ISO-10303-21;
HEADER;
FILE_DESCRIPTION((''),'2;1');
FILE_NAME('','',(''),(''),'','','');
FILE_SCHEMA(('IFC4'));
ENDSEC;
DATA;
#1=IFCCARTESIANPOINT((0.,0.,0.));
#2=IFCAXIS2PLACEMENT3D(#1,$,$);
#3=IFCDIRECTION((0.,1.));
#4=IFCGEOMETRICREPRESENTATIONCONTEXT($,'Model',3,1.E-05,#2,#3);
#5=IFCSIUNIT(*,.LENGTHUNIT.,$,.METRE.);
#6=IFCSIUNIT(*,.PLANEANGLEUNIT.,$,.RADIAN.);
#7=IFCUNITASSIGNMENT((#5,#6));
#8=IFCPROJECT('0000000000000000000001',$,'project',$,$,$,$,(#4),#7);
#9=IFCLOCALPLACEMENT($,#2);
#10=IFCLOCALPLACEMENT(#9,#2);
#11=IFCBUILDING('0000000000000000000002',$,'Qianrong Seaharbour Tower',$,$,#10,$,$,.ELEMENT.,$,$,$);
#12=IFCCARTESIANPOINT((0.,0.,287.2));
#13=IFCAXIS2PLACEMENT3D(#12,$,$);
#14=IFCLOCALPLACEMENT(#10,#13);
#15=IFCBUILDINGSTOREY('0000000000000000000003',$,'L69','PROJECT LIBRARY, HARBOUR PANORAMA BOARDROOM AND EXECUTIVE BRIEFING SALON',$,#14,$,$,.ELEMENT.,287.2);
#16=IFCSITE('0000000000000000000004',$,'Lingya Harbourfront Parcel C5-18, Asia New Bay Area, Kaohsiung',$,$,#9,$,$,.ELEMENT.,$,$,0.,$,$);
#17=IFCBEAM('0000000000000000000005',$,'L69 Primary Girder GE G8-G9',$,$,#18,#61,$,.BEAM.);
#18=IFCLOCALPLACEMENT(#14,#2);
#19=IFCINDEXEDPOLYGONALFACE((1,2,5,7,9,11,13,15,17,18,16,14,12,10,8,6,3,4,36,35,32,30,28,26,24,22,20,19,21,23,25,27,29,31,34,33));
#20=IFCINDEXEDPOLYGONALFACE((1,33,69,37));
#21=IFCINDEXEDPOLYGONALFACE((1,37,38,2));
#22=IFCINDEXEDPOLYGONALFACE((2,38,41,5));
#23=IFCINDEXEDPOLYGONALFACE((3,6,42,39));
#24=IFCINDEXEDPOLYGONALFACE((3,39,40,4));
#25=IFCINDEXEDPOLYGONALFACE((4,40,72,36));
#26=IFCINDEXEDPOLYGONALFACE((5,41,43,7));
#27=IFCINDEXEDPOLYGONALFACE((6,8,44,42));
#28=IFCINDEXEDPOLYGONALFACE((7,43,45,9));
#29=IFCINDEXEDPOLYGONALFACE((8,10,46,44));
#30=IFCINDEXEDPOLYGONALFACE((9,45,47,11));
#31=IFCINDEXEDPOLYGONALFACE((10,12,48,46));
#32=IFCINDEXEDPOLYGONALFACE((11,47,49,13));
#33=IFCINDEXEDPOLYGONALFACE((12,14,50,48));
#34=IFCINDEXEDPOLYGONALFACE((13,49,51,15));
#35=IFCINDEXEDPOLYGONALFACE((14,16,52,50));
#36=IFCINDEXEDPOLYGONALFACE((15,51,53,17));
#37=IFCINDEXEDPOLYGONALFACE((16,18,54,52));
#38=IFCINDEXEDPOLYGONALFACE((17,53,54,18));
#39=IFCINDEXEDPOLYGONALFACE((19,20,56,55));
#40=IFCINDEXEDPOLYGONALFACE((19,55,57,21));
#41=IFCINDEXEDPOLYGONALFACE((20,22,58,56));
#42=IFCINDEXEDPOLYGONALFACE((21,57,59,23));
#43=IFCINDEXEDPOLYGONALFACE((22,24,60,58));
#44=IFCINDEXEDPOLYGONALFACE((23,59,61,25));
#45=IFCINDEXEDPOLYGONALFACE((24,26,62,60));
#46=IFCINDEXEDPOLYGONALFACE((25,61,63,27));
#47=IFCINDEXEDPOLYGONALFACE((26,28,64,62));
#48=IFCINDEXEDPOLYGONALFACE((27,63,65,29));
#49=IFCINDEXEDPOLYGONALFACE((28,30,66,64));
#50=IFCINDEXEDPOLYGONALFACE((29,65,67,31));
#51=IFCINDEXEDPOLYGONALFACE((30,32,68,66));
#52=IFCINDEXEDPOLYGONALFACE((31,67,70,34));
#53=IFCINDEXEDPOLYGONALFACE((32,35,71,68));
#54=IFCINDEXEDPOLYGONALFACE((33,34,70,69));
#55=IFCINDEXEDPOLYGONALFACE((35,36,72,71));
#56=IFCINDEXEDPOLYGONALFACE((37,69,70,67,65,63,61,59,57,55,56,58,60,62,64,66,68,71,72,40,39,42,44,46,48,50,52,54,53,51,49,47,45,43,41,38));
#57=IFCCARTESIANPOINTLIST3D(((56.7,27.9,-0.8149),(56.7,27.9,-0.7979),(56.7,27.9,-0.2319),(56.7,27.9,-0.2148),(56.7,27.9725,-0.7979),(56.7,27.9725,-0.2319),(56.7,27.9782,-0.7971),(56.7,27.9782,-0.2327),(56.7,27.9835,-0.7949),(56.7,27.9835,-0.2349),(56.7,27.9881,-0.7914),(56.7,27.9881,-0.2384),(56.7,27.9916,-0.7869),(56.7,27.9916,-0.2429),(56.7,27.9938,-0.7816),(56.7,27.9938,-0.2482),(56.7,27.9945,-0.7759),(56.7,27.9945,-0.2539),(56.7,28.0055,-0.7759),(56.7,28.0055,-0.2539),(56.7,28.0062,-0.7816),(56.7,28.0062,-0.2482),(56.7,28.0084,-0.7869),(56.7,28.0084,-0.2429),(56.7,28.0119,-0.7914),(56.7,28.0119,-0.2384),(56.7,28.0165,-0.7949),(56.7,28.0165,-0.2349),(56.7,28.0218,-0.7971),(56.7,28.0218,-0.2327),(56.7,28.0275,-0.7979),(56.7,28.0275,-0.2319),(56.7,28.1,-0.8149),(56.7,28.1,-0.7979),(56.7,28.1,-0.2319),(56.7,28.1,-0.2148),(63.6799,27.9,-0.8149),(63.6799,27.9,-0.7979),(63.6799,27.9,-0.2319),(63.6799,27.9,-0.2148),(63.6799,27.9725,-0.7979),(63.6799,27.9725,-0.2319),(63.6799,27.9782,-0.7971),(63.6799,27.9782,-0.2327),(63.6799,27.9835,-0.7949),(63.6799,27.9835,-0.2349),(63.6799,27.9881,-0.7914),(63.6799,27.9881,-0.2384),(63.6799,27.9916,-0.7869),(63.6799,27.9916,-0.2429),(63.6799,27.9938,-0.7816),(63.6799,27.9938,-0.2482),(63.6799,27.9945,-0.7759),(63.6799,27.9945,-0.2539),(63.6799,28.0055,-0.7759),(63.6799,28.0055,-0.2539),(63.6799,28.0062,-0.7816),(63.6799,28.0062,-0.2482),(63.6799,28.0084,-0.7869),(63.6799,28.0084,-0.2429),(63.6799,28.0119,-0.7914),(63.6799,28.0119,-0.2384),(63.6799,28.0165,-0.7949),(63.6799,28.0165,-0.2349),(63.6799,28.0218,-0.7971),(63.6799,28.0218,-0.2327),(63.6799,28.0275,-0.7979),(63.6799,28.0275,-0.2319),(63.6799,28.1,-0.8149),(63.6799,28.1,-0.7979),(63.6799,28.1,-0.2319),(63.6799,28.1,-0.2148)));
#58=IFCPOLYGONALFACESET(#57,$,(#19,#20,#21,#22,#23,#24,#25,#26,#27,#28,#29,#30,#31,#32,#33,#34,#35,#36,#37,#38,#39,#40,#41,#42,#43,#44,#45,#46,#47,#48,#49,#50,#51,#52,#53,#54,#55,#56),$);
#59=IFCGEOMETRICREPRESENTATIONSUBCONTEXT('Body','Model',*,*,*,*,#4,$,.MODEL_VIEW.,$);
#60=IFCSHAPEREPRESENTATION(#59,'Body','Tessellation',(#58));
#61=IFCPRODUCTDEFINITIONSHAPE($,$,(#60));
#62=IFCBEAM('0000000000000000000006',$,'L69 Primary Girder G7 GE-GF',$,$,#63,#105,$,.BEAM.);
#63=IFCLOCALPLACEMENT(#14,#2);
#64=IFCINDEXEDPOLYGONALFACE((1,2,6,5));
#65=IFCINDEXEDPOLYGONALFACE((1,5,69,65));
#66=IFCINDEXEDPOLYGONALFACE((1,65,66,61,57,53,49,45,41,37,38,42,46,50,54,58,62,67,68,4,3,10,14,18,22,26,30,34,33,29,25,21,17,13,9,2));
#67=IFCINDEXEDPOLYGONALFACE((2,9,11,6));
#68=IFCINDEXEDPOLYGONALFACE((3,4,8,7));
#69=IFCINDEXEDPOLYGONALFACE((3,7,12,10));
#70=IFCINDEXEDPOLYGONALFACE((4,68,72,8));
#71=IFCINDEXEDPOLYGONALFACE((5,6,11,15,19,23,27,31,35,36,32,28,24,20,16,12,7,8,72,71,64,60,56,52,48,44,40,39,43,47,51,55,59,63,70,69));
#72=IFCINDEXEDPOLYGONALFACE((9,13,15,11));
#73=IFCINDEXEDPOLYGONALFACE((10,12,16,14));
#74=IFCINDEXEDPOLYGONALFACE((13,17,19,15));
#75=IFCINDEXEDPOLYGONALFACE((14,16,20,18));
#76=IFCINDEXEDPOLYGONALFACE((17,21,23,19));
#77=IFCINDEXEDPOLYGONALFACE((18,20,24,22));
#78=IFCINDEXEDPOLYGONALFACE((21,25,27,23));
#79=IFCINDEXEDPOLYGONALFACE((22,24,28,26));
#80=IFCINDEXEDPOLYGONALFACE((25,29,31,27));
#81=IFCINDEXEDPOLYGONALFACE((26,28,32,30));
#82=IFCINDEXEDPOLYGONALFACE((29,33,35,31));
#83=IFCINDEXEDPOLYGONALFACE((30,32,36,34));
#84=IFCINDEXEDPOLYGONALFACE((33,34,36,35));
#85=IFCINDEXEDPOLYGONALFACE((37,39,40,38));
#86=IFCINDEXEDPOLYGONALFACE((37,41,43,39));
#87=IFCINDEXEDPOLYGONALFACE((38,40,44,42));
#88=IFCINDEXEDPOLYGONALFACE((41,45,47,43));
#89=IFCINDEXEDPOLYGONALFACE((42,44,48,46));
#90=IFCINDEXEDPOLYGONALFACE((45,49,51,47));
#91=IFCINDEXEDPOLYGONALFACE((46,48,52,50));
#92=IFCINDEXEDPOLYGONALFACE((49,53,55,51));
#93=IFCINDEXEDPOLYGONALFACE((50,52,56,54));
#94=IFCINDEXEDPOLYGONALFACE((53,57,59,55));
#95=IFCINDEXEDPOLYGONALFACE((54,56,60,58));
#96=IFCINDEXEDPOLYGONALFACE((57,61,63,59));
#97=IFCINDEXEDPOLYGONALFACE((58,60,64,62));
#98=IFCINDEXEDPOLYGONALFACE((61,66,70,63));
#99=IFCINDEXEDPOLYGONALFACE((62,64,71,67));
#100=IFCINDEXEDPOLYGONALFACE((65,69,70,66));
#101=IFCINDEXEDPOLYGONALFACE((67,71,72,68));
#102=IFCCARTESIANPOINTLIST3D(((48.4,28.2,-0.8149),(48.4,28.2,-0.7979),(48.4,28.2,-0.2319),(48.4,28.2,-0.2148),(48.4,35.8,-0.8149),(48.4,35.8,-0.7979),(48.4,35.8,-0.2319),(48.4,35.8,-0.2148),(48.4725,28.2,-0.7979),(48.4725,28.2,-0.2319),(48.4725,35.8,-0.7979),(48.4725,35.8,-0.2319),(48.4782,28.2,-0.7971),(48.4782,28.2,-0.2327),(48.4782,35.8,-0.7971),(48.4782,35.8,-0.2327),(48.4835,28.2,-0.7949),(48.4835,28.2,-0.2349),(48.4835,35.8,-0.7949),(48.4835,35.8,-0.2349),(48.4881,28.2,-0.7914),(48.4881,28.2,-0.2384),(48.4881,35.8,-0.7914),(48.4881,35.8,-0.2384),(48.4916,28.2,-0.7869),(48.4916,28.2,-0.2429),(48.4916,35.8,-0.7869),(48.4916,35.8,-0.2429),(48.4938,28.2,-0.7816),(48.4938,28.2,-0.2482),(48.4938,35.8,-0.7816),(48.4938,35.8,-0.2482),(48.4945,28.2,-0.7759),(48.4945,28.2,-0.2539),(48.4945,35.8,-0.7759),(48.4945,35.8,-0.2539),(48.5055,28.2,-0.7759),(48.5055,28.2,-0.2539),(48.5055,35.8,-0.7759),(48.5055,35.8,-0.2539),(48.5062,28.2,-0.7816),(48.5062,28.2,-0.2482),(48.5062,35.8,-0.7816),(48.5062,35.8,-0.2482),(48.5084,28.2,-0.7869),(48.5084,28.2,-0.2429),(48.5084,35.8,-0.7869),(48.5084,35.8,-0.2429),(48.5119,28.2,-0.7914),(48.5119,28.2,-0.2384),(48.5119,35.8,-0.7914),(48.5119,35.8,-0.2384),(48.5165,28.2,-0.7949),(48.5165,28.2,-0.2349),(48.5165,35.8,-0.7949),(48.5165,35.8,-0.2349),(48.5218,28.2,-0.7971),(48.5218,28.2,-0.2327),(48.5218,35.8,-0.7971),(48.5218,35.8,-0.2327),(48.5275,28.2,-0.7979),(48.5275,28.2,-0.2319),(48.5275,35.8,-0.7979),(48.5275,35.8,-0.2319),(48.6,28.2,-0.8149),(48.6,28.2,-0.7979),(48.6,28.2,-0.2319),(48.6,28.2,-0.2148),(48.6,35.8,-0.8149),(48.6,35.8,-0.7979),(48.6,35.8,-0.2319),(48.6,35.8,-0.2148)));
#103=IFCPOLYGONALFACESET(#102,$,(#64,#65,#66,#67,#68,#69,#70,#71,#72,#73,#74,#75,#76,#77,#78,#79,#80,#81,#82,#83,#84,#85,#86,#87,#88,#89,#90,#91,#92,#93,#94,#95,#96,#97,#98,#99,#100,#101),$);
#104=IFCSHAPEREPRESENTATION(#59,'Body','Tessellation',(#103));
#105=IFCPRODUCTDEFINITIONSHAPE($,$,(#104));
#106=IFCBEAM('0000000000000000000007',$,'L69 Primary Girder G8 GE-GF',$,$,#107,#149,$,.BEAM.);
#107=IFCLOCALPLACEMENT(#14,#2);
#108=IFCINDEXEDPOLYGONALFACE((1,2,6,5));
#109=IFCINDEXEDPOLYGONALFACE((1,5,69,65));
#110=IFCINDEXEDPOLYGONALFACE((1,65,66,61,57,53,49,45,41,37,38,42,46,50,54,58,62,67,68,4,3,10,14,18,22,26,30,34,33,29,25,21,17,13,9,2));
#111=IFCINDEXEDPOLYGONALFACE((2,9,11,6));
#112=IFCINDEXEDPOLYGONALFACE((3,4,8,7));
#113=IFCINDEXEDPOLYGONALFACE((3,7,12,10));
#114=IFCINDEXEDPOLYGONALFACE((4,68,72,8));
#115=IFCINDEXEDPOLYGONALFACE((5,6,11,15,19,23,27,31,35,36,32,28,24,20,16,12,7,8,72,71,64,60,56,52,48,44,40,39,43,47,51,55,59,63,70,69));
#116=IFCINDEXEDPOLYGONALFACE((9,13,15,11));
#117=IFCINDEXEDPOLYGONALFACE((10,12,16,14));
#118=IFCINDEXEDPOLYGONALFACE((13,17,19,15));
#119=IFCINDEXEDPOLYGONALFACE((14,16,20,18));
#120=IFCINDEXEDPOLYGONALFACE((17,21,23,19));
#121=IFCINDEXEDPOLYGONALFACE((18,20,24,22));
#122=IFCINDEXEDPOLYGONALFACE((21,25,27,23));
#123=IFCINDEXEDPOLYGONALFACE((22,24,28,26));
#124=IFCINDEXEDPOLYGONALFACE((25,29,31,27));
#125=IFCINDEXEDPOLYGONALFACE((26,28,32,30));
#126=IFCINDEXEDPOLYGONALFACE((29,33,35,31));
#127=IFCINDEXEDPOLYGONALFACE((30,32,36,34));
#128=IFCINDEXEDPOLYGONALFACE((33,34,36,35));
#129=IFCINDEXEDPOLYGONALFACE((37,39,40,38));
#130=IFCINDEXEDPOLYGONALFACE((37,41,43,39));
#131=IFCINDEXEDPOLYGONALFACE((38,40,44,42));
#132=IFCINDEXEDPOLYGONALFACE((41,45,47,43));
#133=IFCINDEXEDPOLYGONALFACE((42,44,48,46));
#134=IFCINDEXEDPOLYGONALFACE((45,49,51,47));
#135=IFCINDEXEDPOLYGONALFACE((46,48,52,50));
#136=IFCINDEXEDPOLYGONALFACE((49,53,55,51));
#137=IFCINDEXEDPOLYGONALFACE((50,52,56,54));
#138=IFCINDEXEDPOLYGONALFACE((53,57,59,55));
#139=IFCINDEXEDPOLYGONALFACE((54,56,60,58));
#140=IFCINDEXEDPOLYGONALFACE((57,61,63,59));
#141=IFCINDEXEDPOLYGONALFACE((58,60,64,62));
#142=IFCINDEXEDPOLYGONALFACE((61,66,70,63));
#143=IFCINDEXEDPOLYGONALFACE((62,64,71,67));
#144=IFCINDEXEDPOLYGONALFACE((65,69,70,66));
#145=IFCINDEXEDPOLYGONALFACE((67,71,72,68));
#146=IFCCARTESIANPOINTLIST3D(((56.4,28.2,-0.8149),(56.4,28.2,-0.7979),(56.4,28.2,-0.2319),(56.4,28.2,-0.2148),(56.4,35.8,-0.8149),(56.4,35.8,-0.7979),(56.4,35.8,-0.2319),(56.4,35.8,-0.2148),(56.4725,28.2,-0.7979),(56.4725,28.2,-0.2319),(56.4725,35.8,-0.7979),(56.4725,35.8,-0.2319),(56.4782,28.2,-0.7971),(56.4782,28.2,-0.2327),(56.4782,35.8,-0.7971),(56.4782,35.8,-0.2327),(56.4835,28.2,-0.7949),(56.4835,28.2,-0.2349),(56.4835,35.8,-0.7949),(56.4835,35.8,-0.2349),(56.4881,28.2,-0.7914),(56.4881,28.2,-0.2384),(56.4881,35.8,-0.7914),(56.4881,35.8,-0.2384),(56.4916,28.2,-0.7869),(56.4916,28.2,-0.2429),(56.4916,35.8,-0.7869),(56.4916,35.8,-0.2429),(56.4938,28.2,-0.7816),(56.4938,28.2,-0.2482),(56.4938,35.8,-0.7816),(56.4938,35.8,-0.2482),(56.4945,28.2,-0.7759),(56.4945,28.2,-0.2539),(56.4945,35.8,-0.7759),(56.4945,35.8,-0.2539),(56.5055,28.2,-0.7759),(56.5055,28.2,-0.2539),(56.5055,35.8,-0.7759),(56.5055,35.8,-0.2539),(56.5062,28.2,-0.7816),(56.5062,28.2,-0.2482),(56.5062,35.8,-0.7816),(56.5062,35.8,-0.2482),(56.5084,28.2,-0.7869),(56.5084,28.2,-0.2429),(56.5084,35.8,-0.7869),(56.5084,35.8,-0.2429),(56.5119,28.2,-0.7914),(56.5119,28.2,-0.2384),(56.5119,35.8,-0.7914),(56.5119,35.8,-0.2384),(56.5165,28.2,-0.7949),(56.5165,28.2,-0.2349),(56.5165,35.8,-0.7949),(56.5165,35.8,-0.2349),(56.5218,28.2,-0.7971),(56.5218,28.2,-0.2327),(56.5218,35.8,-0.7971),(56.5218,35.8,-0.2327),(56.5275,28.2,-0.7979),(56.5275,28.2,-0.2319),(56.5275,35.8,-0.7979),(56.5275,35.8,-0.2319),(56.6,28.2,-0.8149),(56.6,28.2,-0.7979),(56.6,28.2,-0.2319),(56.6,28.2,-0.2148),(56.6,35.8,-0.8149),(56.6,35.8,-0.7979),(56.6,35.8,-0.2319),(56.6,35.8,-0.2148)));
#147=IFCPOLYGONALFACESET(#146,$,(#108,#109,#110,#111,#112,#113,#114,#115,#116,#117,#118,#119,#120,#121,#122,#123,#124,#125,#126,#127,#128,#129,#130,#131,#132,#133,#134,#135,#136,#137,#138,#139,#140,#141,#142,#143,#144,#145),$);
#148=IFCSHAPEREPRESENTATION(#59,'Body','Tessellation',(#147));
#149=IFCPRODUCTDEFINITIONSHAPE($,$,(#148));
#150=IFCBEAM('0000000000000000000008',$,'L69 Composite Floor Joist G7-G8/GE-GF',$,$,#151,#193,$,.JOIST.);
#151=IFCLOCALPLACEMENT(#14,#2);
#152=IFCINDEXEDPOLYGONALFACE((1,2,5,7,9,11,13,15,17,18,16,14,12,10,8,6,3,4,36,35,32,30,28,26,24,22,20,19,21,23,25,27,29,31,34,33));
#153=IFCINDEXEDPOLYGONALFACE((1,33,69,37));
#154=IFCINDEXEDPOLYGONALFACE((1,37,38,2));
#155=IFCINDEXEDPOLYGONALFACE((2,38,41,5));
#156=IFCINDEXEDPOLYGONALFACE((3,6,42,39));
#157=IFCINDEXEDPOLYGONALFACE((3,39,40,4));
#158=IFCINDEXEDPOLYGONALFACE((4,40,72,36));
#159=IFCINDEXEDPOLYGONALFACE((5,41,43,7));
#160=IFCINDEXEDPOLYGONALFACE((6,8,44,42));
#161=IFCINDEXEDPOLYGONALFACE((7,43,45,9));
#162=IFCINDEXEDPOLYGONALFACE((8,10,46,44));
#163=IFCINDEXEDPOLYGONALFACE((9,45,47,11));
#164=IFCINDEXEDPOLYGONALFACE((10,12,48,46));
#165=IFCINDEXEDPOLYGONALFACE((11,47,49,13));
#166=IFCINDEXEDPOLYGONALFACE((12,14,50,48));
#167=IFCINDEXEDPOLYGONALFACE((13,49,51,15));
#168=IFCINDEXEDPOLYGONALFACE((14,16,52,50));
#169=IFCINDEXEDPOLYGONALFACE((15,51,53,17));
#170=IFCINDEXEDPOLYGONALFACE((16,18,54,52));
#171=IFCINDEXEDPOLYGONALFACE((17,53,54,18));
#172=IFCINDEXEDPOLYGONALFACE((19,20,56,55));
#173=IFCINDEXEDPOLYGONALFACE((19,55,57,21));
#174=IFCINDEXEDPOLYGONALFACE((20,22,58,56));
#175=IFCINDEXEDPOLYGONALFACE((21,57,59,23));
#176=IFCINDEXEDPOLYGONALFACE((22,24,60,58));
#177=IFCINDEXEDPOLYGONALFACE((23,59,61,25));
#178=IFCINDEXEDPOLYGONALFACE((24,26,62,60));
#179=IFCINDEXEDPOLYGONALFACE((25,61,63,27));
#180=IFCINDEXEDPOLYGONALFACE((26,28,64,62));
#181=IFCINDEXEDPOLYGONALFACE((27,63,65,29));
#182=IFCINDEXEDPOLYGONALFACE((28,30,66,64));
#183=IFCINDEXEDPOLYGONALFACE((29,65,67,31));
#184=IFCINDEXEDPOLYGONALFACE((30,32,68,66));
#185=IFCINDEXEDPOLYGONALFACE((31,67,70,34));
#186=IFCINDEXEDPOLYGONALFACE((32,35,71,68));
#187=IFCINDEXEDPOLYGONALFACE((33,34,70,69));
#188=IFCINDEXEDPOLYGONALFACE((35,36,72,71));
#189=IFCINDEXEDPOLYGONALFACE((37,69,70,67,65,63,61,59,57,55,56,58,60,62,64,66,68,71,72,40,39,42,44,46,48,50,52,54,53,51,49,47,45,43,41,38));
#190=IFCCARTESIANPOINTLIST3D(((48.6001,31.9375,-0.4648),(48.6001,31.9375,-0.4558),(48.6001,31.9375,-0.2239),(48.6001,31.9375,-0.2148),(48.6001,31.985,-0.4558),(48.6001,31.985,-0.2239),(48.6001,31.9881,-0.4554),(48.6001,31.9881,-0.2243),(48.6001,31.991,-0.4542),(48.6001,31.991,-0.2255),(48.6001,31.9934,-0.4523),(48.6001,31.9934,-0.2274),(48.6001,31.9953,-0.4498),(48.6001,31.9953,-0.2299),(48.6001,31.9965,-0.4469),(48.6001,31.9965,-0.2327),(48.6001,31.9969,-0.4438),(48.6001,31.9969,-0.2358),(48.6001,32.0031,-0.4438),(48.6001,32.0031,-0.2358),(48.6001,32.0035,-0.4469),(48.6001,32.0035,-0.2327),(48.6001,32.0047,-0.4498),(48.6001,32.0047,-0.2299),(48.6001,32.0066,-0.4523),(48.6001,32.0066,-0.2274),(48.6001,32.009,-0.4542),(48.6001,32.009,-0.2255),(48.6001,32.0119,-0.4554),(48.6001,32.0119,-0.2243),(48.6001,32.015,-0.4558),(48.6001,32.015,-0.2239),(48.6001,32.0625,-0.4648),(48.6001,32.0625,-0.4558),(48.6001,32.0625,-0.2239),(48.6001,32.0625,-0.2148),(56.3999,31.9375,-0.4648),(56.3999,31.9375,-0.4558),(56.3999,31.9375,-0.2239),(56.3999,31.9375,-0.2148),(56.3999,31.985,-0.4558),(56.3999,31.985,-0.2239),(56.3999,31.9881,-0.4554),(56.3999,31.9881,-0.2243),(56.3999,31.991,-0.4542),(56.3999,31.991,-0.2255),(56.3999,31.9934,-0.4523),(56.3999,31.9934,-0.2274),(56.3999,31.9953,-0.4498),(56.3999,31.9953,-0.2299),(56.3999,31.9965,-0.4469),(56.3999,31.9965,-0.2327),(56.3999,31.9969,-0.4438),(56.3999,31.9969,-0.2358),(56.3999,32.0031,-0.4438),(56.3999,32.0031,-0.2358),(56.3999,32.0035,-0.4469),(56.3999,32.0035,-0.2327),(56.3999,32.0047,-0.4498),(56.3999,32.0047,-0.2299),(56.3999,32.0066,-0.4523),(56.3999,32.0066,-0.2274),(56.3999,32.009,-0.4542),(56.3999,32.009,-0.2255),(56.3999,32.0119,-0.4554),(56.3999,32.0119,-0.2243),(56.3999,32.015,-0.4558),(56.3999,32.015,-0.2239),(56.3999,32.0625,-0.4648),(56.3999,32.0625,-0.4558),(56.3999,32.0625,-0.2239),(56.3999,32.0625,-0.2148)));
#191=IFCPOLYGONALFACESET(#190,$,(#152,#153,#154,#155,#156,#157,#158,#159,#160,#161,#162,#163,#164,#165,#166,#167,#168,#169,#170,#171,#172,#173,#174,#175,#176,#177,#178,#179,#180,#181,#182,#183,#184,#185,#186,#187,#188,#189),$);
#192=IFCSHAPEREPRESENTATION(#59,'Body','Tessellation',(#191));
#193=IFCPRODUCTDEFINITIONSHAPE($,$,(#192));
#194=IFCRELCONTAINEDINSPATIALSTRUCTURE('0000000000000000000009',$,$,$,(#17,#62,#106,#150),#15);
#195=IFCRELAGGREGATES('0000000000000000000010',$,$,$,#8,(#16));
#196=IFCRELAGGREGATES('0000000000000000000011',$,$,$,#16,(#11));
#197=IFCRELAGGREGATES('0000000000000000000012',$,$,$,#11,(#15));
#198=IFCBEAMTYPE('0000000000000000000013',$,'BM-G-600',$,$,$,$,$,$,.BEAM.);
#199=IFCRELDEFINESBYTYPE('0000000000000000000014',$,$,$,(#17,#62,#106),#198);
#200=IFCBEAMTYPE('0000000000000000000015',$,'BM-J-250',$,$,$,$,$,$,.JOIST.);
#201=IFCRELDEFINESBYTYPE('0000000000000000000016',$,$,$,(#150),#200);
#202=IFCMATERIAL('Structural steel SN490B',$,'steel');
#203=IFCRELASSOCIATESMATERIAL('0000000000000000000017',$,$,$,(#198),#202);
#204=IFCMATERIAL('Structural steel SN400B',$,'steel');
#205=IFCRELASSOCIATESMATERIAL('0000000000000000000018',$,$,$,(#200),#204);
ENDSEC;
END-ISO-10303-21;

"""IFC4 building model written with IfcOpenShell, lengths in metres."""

from ifc_helpers import new_model, si_unit, direction, frame, origin, origin_2d, place, context, subcontext, project, spatial, i_section, extrude, material, material_profile, profile_set, type_object, element, save


model = new_model("IFC4")

# Units and contexts
model_context = context("Model", 3, precision=1e-05, world=origin(), true_north=direction((0.0, 1.0)))
body_context = subcontext(model_context, "Body", "Model", "MODEL_VIEW")
ifc_project = project(units=[si_unit("LENGTHUNIT", "METRE"), si_unit("PLANEANGLEUNIT", "RADIAN")], contexts=[model_context])

# Site, building, storey
site_placement = place(None, origin())
site = spatial("IfcSite", under=ifc_project, at=site_placement, Name="Lingya Harbourfront Parcel C5-18, Asia New Bay Area, Kaohsiung", CompositionType="ELEMENT", RefElevation=0.0)
building_placement = place(site_placement, origin())
building = spatial("IfcBuilding", under=site, at=building_placement, Name="Qianrong Seaharbour Tower", CompositionType="ELEMENT")
storey_placement = place(building_placement, frame((0.0, 0.0, 287.2)))
storey = spatial("IfcBuildingStorey", under=building, at=storey_placement, Name="L69", Description="PROJECT LIBRARY, HARBOUR PANORAMA BOARDROOM AND EXECUTIVE BRIEFING SALON", CompositionType="ELEMENT", Elevation=287.2)

# Shared definitions
ifc_material_1 = material(Name="Structural steel SN490B", Category="steel")

# Beams
ifc_material_profile_1 = material_profile(ifc_material_1, i_section(OverallWidth=0.2, OverallDepth=0.6001, WebThickness=0.011, FlangeThickness=0.0171, FilletRadius=0.022, at=origin_2d()), Name="H600x200x11x17")
ifc_profile_set_1 = profile_set([ifc_material_profile_1], Name="Structural steel SN490B")
beam_type_1 = type_object("IfcBeamType", Name="BM-G-600", PredefinedType="BEAM", material=ifc_profile_set_1)
beam_1_placement = place(storey_placement, frame((56.7, 28.0, -0.5149), z_axis=(1.0, 0.0, 0.0), x_axis=(0.0, 1.0, 0.0)))
element("IfcBeam", 1, at=beam_1_placement, inside=storey, type_object=beam_type_1, Name="L69 Primary Girder GE G8-G9", PredefinedType="BEAM", context=body_context, shape_type="SweptSolid", body=[
    extrude(i_section(OverallWidth=0.2, OverallDepth=0.6001, WebThickness=0.011, FlangeThickness=0.0171, FilletRadius=0.022, at=origin_2d()), origin(), (0.0, 0.0, 1.0), 6.98),
])
for number, where, z_axis, x_axis, name in (
    (2, (48.5, 28.2, -0.5149), (0.0, 1.0, 0.0), (-1.0, 0.0, 0.0), "L69 Primary Girder G7 GE-GF"),
    (3, (56.5, 28.2, -0.5149), (0.0, 1.0, 0.0), (-1.0, 0.0, 0.0), "L69 Primary Girder G8 GE-GF"),
):
    element("IfcBeam", number, at=place(storey_placement, frame(where, z_axis=z_axis, x_axis=x_axis)), inside=storey, type_object=beam_type_1, Name=name, PredefinedType="BEAM", context=body_context, shape_type="SweptSolid", body=[
        extrude(i_section(OverallWidth=0.2, OverallDepth=0.6001, WebThickness=0.011, FlangeThickness=0.0171, FilletRadius=0.022, at=origin_2d()), origin(), (0.0, 0.0, 1.0), 7.6001),
    ])
ifc_material_2 = material(Name="Structural steel SN400B", Category="steel")
ifc_material_profile_2 = material_profile(ifc_material_2, i_section(OverallWidth=0.125, OverallDepth=0.25, WebThickness=0.0061, FlangeThickness=0.009, FilletRadius=0.012, at=origin_2d()), Name="H250x125x6x9")
ifc_profile_set_2 = profile_set([ifc_material_profile_2], Name="Structural steel SN400B")
beam_type_2 = type_object("IfcBeamType", Name="BM-J-250", PredefinedType="JOIST", material=ifc_profile_set_2)
beam_2_placement = place(storey_placement, frame((48.6001, 32.0, -0.3398), z_axis=(1.0, 0.0, 0.0), x_axis=(0.0, 1.0, 0.0)))
element("IfcBeam", 4, at=beam_2_placement, inside=storey, type_object=beam_type_2, Name="L69 Composite Floor Joist G7-G8/GE-GF", PredefinedType="JOIST", context=body_context, shape_type="SweptSolid", body=[
    extrude(i_section(OverallWidth=0.125, OverallDepth=0.25, WebThickness=0.0061, FlangeThickness=0.009, FilletRadius=0.012, at=origin_2d()), origin(), (0.0, 0.0, 1.0), 7.7998),
])

save(model, "model.ifc")
